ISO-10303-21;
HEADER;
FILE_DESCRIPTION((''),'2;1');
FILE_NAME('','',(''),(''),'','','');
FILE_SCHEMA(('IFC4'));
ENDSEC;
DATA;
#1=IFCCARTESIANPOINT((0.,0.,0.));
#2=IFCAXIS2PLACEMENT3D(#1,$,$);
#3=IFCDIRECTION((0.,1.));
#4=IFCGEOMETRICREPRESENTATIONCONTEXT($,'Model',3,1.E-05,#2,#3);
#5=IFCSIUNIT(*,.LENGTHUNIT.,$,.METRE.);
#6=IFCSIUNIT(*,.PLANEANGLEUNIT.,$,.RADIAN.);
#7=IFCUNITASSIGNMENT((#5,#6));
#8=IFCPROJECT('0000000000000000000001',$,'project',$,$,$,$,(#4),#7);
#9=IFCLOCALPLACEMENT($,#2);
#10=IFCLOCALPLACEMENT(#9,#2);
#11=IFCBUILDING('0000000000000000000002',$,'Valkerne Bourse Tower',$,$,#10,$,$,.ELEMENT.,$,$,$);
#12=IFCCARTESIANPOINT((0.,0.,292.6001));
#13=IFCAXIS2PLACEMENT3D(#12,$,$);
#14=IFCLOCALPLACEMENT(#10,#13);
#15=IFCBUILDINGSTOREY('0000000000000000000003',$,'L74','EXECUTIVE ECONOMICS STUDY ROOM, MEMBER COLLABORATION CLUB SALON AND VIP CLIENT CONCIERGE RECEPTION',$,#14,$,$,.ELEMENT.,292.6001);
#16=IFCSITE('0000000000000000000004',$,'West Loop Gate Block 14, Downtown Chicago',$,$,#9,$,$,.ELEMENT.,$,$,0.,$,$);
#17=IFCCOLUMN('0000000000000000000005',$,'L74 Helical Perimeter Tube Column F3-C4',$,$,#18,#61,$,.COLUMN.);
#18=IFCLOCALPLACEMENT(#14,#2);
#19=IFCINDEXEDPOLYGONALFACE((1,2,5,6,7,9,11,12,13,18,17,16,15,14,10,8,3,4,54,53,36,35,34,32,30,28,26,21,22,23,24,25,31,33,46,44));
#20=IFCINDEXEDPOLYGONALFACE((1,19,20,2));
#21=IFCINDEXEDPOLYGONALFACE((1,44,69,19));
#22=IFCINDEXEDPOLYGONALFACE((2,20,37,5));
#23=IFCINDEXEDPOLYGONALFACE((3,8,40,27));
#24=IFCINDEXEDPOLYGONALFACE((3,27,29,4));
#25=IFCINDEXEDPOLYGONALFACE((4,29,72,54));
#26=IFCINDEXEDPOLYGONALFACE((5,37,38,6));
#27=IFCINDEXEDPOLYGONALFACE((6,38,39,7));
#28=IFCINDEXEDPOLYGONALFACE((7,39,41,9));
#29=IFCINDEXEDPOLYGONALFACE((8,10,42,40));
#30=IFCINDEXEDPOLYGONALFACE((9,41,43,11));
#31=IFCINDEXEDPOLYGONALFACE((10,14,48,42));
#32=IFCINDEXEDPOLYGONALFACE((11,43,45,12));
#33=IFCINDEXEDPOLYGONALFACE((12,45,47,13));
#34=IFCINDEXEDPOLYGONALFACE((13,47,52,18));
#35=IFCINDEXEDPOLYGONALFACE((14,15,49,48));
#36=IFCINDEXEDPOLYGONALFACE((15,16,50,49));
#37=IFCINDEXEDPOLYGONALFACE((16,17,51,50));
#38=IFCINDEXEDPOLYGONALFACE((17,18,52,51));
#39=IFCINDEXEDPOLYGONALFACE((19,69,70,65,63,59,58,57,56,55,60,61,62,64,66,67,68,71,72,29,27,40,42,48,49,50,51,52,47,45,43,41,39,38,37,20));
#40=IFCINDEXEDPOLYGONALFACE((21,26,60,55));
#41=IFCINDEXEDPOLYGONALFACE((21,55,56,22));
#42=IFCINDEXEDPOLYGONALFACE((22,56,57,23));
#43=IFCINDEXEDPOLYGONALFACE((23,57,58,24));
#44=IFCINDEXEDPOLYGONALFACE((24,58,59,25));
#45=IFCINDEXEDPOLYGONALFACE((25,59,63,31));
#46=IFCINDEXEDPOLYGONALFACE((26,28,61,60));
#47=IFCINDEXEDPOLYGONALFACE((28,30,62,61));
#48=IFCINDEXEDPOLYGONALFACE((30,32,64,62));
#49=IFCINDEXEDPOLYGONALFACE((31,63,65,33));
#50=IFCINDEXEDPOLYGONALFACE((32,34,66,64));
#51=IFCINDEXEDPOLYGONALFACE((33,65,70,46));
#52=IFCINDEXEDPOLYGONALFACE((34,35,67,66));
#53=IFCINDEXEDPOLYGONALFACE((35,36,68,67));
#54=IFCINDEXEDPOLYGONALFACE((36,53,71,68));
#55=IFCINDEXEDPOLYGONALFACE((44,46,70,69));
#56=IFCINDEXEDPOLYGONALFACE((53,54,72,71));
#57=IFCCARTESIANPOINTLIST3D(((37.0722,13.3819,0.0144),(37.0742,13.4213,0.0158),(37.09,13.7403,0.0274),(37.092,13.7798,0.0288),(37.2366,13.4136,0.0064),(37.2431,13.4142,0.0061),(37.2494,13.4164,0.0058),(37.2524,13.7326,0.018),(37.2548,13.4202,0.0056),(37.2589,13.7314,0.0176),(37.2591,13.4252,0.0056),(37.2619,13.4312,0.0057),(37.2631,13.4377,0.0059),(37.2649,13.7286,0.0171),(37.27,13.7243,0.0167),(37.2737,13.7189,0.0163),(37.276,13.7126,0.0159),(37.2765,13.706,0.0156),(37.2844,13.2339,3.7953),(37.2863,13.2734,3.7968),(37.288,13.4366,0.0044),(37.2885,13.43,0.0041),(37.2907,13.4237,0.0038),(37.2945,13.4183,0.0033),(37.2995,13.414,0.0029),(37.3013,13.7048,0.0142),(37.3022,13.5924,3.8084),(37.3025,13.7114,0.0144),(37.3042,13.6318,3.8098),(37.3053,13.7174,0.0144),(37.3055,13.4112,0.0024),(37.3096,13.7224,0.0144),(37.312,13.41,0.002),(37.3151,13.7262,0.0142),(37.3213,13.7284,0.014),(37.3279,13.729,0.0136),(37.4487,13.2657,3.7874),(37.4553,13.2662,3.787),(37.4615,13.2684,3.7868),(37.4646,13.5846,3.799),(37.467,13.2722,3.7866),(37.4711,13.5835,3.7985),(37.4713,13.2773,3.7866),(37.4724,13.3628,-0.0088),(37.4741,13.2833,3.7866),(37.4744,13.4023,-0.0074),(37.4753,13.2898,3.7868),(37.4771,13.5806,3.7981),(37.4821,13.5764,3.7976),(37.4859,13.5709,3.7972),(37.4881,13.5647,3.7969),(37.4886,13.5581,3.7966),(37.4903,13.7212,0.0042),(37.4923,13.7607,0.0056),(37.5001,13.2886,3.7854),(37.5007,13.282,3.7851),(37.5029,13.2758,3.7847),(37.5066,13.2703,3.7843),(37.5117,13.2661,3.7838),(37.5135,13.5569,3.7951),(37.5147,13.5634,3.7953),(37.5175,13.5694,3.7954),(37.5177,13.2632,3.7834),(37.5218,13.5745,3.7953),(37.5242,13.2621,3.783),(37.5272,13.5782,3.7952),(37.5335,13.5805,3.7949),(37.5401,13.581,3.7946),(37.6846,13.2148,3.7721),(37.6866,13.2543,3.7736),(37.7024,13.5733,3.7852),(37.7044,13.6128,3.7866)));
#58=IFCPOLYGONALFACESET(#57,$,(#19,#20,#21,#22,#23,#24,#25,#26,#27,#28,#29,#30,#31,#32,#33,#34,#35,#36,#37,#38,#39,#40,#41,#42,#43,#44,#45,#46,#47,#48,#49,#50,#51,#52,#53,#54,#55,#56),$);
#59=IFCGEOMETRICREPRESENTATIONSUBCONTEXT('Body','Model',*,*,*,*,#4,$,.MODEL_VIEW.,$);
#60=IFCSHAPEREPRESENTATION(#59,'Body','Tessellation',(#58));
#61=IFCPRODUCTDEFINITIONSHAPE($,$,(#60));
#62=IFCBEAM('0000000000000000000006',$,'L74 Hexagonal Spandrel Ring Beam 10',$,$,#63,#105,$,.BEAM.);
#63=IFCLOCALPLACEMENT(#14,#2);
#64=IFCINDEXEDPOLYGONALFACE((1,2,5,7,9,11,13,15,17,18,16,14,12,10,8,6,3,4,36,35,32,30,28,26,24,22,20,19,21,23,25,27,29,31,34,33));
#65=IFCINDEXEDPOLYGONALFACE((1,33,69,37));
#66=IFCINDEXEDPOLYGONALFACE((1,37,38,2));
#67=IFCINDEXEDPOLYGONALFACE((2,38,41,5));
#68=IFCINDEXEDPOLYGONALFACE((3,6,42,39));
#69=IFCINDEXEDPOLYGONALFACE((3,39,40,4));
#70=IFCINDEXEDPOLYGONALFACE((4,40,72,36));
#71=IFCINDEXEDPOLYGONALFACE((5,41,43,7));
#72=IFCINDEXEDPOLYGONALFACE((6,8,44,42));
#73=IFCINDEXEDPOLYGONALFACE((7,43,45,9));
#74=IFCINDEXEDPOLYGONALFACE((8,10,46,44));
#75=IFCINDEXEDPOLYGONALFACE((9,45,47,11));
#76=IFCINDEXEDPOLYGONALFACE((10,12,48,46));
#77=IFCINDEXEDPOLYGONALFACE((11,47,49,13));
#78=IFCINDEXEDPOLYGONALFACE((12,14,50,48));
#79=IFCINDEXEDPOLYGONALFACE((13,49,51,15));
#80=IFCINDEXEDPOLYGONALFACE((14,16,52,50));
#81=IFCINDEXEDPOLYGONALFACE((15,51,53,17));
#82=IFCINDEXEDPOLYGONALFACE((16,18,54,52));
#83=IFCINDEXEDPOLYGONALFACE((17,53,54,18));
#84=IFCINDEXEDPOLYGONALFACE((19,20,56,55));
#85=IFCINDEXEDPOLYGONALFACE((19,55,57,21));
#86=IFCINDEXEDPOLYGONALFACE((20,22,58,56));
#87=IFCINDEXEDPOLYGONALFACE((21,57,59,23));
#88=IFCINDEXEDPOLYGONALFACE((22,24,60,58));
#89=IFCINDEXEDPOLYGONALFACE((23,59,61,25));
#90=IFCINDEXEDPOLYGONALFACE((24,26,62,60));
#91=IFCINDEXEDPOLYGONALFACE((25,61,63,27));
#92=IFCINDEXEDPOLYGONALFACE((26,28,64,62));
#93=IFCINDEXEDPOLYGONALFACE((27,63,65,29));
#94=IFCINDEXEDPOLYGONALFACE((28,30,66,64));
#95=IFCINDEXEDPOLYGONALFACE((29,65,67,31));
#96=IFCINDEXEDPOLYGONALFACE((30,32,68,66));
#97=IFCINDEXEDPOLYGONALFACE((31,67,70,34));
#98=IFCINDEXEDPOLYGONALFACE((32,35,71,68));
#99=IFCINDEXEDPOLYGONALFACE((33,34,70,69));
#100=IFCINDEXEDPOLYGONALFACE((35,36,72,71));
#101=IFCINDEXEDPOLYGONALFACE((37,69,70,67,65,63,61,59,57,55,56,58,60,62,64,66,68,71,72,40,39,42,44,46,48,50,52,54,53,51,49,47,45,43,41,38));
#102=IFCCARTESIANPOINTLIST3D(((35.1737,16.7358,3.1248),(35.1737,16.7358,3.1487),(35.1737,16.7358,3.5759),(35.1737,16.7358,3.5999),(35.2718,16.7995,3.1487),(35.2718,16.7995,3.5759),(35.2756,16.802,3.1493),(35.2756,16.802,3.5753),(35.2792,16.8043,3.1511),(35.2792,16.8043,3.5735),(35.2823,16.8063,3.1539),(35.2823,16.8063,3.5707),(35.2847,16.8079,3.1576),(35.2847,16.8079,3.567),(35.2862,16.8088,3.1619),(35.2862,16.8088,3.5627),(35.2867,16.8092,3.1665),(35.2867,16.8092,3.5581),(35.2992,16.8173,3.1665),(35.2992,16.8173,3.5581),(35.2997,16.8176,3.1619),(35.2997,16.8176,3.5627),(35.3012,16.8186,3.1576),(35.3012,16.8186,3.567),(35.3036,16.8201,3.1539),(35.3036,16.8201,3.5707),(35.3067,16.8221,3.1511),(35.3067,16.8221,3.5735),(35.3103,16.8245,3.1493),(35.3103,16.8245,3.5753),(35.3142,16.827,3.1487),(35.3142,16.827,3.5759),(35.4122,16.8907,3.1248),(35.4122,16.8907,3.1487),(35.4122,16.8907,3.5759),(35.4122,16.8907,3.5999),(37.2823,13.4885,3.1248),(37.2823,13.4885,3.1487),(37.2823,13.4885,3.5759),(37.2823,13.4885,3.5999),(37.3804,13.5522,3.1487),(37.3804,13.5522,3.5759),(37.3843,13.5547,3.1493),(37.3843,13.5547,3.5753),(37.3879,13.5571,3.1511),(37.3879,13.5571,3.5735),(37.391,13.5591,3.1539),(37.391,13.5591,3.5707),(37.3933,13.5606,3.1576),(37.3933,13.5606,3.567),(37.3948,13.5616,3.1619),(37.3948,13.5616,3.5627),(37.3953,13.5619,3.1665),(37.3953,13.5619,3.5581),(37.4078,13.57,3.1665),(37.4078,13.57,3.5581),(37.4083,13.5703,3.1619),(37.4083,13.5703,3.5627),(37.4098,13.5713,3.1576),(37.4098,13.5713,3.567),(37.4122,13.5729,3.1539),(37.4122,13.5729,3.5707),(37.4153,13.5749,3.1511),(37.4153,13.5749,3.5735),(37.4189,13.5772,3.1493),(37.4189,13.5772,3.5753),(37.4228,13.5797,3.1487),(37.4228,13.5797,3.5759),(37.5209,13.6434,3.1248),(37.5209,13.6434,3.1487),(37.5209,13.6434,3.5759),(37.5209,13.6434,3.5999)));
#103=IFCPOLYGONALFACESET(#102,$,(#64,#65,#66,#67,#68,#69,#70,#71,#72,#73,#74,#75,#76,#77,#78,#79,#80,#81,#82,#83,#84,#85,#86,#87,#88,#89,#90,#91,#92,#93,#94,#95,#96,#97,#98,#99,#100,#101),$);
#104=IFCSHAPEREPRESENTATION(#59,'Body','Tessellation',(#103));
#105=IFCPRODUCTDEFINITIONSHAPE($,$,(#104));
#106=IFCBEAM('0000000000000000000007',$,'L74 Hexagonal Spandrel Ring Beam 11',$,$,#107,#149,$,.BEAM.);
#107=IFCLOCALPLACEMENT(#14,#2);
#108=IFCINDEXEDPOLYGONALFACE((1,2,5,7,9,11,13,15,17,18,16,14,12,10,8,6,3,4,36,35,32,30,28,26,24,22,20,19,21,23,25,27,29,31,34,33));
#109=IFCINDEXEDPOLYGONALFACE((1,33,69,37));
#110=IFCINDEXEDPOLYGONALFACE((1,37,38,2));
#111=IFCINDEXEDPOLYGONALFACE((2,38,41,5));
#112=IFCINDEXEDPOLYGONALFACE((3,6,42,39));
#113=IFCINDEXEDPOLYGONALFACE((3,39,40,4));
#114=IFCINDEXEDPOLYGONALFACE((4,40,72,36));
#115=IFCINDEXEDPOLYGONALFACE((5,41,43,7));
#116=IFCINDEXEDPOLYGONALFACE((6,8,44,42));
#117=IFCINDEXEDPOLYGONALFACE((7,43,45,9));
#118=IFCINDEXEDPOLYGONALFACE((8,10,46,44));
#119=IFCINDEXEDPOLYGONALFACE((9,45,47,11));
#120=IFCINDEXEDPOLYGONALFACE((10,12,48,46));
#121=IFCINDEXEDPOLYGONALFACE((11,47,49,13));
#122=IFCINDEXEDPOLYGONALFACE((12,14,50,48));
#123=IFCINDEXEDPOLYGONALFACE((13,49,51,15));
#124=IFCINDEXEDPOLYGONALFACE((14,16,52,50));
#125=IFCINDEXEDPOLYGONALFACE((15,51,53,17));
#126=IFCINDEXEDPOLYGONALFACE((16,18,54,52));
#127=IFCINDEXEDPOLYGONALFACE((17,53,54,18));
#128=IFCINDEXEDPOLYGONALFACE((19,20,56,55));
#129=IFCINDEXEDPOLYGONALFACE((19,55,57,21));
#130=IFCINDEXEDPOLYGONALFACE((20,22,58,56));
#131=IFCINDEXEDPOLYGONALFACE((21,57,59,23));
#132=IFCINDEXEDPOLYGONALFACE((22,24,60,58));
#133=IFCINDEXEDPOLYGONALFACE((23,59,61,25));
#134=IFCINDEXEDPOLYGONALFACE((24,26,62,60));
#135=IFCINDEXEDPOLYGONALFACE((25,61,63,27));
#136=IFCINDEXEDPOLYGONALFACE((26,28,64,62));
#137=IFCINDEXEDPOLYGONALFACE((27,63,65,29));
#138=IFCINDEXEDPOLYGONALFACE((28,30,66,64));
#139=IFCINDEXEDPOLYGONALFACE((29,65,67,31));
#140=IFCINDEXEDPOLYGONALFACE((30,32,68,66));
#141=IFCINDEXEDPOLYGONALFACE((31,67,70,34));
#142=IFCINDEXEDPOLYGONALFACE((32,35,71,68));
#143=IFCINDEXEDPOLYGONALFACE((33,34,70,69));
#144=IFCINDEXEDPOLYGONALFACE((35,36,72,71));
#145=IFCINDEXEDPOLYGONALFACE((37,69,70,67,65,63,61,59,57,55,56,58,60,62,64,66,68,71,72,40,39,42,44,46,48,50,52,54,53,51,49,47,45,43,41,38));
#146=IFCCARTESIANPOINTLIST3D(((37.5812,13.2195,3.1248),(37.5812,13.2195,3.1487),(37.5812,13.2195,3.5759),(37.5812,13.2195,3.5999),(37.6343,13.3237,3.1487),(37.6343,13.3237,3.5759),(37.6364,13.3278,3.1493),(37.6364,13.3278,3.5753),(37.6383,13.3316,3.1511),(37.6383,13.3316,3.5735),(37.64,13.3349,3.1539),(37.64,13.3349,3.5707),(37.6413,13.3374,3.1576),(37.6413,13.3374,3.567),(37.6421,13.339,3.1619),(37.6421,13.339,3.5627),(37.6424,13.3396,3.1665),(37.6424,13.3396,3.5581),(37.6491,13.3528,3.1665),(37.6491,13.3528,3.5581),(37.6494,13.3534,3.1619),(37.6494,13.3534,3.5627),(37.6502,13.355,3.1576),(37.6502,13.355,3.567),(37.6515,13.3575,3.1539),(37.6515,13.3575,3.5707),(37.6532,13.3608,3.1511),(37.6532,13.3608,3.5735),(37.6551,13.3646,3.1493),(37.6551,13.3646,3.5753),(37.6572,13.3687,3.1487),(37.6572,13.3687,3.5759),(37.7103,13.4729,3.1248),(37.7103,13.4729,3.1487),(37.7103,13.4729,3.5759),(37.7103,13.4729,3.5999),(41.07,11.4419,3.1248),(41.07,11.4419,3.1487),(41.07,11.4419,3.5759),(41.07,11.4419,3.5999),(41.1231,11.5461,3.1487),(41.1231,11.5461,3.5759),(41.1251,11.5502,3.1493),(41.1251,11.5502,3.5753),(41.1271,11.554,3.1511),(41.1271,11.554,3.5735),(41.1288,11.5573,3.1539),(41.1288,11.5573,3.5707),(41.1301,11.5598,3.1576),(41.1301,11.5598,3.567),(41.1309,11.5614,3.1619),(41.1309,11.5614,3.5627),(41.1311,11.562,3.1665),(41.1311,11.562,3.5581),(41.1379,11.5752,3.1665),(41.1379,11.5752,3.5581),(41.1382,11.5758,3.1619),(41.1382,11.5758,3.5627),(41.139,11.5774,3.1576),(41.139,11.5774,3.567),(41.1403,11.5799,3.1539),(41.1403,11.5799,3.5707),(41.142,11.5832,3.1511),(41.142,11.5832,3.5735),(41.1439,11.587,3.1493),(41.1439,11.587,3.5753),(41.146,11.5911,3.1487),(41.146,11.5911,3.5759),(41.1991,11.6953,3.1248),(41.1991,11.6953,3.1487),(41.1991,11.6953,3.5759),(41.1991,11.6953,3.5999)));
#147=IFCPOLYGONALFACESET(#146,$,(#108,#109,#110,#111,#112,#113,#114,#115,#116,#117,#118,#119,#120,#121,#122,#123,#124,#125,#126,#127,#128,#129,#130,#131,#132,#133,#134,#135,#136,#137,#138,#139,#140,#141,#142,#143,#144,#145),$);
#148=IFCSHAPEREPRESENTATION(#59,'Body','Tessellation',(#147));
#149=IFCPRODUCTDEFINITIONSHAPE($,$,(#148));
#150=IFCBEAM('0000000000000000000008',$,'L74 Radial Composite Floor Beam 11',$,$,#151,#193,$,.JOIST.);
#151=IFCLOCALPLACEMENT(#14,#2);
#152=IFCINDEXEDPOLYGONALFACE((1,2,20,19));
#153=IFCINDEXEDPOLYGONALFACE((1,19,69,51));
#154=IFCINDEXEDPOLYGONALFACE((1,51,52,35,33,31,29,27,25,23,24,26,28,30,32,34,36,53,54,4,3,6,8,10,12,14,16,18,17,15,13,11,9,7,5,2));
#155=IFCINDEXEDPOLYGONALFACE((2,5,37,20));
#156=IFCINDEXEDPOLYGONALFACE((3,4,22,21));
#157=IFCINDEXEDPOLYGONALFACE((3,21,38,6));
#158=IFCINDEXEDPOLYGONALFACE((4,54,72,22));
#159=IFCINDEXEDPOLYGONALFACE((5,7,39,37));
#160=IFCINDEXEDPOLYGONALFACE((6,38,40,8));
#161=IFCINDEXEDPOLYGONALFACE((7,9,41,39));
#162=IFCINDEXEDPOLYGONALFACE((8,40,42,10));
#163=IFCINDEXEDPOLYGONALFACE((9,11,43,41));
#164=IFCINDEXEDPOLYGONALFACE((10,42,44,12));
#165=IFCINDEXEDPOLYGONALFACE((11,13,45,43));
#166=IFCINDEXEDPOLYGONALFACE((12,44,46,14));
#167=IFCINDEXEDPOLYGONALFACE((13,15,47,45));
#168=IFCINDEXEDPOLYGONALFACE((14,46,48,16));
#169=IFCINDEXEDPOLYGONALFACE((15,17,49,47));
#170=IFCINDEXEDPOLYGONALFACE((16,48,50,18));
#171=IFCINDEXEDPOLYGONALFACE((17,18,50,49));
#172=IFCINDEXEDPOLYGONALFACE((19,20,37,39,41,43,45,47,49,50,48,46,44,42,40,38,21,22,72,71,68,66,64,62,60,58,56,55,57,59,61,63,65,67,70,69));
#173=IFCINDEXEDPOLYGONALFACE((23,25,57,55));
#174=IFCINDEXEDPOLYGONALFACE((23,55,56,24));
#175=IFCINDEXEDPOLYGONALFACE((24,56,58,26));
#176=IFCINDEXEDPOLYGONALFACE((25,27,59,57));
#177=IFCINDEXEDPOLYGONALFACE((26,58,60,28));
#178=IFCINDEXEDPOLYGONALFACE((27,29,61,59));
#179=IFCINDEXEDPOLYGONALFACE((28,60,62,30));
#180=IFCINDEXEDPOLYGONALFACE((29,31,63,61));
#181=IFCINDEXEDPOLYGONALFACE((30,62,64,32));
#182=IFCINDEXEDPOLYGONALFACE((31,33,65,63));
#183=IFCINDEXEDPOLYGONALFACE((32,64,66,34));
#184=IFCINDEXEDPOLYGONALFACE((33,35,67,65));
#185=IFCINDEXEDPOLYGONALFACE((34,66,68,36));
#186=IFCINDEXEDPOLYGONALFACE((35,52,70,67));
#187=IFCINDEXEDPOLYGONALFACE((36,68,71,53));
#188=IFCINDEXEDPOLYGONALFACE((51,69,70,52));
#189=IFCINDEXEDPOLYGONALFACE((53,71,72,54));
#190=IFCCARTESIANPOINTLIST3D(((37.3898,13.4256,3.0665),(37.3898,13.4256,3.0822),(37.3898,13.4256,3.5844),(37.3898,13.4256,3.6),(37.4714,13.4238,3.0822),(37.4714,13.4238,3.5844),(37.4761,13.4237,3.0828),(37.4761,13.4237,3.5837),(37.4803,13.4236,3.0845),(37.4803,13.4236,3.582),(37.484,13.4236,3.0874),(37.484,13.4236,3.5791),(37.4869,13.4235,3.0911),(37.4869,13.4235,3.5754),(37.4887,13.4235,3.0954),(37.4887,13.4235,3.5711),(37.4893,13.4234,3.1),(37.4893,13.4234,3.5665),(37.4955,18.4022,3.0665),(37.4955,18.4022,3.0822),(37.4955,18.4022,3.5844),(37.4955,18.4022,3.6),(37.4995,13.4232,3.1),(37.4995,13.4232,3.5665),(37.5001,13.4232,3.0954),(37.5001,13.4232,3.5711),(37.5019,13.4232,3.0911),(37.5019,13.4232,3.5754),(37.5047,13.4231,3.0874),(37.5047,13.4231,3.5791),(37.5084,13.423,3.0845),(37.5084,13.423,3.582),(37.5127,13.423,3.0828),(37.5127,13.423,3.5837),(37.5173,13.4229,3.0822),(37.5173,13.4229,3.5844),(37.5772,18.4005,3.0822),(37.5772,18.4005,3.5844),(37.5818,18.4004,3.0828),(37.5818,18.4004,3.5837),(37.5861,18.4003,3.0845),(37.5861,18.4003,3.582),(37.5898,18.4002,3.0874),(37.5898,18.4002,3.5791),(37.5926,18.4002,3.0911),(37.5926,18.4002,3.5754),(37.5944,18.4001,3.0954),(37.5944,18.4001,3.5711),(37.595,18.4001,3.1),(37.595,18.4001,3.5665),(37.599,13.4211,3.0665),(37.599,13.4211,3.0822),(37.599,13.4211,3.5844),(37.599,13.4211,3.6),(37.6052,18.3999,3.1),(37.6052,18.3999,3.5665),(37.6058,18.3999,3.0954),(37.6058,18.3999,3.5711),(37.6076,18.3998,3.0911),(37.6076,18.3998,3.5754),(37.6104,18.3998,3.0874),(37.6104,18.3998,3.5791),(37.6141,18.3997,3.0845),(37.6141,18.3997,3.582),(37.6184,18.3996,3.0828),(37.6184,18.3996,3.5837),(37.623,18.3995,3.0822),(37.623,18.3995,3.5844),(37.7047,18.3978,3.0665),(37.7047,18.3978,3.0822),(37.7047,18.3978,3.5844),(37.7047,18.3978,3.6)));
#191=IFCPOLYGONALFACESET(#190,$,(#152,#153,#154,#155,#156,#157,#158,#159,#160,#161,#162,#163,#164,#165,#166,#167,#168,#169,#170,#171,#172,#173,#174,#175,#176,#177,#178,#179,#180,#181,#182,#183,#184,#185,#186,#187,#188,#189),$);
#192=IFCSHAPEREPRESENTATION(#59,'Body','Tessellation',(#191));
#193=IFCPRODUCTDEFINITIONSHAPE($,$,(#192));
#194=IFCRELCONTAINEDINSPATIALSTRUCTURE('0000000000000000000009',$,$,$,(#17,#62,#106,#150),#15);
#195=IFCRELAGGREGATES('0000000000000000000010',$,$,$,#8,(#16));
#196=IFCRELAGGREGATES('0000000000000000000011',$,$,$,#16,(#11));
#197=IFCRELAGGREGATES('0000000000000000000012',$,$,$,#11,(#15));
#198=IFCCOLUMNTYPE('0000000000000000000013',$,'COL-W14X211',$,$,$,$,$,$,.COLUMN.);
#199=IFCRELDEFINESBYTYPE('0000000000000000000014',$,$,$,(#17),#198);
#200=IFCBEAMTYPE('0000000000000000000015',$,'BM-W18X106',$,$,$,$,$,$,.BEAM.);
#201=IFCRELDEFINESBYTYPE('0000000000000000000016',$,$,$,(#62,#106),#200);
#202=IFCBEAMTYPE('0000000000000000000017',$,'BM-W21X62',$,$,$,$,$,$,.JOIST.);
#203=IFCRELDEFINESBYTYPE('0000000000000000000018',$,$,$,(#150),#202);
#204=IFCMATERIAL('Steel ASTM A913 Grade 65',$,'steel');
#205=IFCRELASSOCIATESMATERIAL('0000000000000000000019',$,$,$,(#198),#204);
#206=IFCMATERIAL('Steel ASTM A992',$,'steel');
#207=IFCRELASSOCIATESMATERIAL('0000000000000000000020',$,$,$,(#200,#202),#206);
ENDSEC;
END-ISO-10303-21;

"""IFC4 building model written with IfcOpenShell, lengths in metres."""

from ifc_helpers import new_model, si_unit, direction, frame, origin, origin_2d, place, context, subcontext, project, spatial, i_section, extrude, material, material_profile, profile_set, type_object, element, save


model = new_model("IFC4")

# Units and contexts
model_context = context("Model", 3, precision=1e-05, world=origin(), true_north=direction((0.0, 1.0)))
body_context = subcontext(model_context, "Body", "Model", "MODEL_VIEW")
ifc_project = project(units=[si_unit("LENGTHUNIT", "METRE"), si_unit("PLANEANGLEUNIT", "RADIAN")], contexts=[model_context])

# Site, building, storey
site_placement = place(None, origin())
site = spatial("IfcSite", under=ifc_project, at=site_placement, Name="West Loop Gate Block 14, Downtown Chicago", CompositionType="ELEMENT", RefElevation=0.0)
building_placement = place(site_placement, origin())
building = spatial("IfcBuilding", under=site, at=building_placement, Name="Valkerne Bourse Tower", CompositionType="ELEMENT")
storey_placement = place(building_placement, frame((0.0, 0.0, 292.6001)))
storey = spatial("IfcBuildingStorey", under=building, at=storey_placement, Name="L74", Description="EXECUTIVE ECONOMICS STUDY ROOM, MEMBER COLLABORATION CLUB SALON AND VIP CLIENT CONCIERGE RECEPTION", CompositionType="ELEMENT", Elevation=292.6001)

# Column
ifc_material_1 = material(Name="Steel ASTM A913 Grade 65", Category="steel")
ifc_material_profile_1 = material_profile(ifc_material_1, i_section(OverallWidth=0.4014, OverallDepth=0.3987, WebThickness=0.0249, FlangeThickness=0.0396, FilletRadius=0.0254, at=origin_2d()), Name="W14X211")
ifc_profile_set_1 = profile_set([ifc_material_profile_1], Name="Steel ASTM A913 Grade 65")
column_type = type_object("IfcColumnType", Name="COL-W14X211", PredefinedType="COLUMN", material=ifc_profile_set_1)
column_placement = place(storey_placement, frame((37.2822, 13.5713, 0.01), z_axis=(0.055981, -0.039038, 0.997668), x_axis=(0.997194, -0.047548, -0.057815)))
element("IfcColumn", 1, at=column_placement, inside=storey, type_object=column_type, Name="L74 Helical Perimeter Tube Column F3-C4", PredefinedType="COLUMN", context=body_context, shape_type="SweptSolid", body=[
    extrude(i_section(OverallWidth=0.4014, OverallDepth=0.3987, WebThickness=0.0249, FlangeThickness=0.0396, FilletRadius=0.0254, at=origin_2d()), origin(), (0.0, 0.0, 1.0), 3.7898),
])

# Beams
ifc_material_2 = material(Name="Steel ASTM A992", Category="steel")
ifc_material_profile_2 = material_profile(ifc_material_2, i_section(OverallWidth=0.2844, OverallDepth=0.4751, WebThickness=0.0149, FlangeThickness=0.0239, FilletRadius=0.0178, at=origin_2d()), Name="W18X106")
ifc_profile_set_2 = profile_set([ifc_material_profile_2], Name="Steel ASTM A992")
beam_type_1 = type_object("IfcBeamType", Name="BM-W18X106", PredefinedType="BEAM", material=ifc_profile_set_2)
beam_1_placement = place(storey_placement, frame((35.293, 16.8132, 3.3623), z_axis=(0.544605, -0.838693, 0.0), x_axis=(0.838693, 0.544605, 0.0)))
element("IfcBeam", 2, at=beam_1_placement, inside=storey, type_object=beam_type_1, Name="L74 Hexagonal Spandrel Ring Beam 10", PredefinedType="BEAM", context=body_context, shape_type="SweptSolid", body=[
    extrude(i_section(OverallWidth=0.2844, OverallDepth=0.4751, WebThickness=0.0149, FlangeThickness=0.0239, FilletRadius=0.0178, at=origin_2d()), origin(), (0.0, 0.0, 1.0), 3.8718),
])
beam_2_placement = place(storey_placement, frame((37.6458, 13.3462, 3.3623), z_axis=(0.89101, -0.453985, 0.0), x_axis=(0.453985, 0.89101, 0.0)))
element("IfcBeam", 3, at=beam_2_placement, inside=storey, type_object=beam_type_1, Name="L74 Hexagonal Spandrel Ring Beam 11", PredefinedType="BEAM", context=body_context, shape_type="SweptSolid", body=[
    extrude(i_section(OverallWidth=0.2844, OverallDepth=0.4751, WebThickness=0.0149, FlangeThickness=0.0239, FilletRadius=0.0178, at=origin_2d()), origin(), (0.0, 0.0, 1.0), 3.9155),
])
ifc_material_profile_3 = material_profile(ifc_material_2, i_section(OverallWidth=0.2092, OverallDepth=0.5334, WebThickness=0.0103, FlangeThickness=0.0156, FilletRadius=0.0178, at=origin_2d()), Name="W21X62")
ifc_profile_set_3 = profile_set([ifc_material_profile_3], Name="Steel ASTM A992")
beam_type_2 = type_object("IfcBeamType", Name="BM-W21X62", PredefinedType="JOIST", material=ifc_profile_set_3)
beam_3_placement = place(storey_placement, frame((37.4944, 13.4233, 3.3333), z_axis=(0.021237, 0.999774, 0.0), x_axis=(-0.999774, 0.021237, 0.0)))
element("IfcBeam", 4, at=beam_3_placement, inside=storey, type_object=beam_type_2, Name="L74 Radial Composite Floor Beam 11", PredefinedType="JOIST", context=body_context, shape_type="SweptSolid", body=[
    extrude(i_section(OverallWidth=0.2092, OverallDepth=0.5334, WebThickness=0.0103, FlangeThickness=0.0156, FilletRadius=0.0178, at=origin_2d()), origin(), (0.0, 0.0, 1.0), 4.9778),
])

save(model, "model.ifc")
